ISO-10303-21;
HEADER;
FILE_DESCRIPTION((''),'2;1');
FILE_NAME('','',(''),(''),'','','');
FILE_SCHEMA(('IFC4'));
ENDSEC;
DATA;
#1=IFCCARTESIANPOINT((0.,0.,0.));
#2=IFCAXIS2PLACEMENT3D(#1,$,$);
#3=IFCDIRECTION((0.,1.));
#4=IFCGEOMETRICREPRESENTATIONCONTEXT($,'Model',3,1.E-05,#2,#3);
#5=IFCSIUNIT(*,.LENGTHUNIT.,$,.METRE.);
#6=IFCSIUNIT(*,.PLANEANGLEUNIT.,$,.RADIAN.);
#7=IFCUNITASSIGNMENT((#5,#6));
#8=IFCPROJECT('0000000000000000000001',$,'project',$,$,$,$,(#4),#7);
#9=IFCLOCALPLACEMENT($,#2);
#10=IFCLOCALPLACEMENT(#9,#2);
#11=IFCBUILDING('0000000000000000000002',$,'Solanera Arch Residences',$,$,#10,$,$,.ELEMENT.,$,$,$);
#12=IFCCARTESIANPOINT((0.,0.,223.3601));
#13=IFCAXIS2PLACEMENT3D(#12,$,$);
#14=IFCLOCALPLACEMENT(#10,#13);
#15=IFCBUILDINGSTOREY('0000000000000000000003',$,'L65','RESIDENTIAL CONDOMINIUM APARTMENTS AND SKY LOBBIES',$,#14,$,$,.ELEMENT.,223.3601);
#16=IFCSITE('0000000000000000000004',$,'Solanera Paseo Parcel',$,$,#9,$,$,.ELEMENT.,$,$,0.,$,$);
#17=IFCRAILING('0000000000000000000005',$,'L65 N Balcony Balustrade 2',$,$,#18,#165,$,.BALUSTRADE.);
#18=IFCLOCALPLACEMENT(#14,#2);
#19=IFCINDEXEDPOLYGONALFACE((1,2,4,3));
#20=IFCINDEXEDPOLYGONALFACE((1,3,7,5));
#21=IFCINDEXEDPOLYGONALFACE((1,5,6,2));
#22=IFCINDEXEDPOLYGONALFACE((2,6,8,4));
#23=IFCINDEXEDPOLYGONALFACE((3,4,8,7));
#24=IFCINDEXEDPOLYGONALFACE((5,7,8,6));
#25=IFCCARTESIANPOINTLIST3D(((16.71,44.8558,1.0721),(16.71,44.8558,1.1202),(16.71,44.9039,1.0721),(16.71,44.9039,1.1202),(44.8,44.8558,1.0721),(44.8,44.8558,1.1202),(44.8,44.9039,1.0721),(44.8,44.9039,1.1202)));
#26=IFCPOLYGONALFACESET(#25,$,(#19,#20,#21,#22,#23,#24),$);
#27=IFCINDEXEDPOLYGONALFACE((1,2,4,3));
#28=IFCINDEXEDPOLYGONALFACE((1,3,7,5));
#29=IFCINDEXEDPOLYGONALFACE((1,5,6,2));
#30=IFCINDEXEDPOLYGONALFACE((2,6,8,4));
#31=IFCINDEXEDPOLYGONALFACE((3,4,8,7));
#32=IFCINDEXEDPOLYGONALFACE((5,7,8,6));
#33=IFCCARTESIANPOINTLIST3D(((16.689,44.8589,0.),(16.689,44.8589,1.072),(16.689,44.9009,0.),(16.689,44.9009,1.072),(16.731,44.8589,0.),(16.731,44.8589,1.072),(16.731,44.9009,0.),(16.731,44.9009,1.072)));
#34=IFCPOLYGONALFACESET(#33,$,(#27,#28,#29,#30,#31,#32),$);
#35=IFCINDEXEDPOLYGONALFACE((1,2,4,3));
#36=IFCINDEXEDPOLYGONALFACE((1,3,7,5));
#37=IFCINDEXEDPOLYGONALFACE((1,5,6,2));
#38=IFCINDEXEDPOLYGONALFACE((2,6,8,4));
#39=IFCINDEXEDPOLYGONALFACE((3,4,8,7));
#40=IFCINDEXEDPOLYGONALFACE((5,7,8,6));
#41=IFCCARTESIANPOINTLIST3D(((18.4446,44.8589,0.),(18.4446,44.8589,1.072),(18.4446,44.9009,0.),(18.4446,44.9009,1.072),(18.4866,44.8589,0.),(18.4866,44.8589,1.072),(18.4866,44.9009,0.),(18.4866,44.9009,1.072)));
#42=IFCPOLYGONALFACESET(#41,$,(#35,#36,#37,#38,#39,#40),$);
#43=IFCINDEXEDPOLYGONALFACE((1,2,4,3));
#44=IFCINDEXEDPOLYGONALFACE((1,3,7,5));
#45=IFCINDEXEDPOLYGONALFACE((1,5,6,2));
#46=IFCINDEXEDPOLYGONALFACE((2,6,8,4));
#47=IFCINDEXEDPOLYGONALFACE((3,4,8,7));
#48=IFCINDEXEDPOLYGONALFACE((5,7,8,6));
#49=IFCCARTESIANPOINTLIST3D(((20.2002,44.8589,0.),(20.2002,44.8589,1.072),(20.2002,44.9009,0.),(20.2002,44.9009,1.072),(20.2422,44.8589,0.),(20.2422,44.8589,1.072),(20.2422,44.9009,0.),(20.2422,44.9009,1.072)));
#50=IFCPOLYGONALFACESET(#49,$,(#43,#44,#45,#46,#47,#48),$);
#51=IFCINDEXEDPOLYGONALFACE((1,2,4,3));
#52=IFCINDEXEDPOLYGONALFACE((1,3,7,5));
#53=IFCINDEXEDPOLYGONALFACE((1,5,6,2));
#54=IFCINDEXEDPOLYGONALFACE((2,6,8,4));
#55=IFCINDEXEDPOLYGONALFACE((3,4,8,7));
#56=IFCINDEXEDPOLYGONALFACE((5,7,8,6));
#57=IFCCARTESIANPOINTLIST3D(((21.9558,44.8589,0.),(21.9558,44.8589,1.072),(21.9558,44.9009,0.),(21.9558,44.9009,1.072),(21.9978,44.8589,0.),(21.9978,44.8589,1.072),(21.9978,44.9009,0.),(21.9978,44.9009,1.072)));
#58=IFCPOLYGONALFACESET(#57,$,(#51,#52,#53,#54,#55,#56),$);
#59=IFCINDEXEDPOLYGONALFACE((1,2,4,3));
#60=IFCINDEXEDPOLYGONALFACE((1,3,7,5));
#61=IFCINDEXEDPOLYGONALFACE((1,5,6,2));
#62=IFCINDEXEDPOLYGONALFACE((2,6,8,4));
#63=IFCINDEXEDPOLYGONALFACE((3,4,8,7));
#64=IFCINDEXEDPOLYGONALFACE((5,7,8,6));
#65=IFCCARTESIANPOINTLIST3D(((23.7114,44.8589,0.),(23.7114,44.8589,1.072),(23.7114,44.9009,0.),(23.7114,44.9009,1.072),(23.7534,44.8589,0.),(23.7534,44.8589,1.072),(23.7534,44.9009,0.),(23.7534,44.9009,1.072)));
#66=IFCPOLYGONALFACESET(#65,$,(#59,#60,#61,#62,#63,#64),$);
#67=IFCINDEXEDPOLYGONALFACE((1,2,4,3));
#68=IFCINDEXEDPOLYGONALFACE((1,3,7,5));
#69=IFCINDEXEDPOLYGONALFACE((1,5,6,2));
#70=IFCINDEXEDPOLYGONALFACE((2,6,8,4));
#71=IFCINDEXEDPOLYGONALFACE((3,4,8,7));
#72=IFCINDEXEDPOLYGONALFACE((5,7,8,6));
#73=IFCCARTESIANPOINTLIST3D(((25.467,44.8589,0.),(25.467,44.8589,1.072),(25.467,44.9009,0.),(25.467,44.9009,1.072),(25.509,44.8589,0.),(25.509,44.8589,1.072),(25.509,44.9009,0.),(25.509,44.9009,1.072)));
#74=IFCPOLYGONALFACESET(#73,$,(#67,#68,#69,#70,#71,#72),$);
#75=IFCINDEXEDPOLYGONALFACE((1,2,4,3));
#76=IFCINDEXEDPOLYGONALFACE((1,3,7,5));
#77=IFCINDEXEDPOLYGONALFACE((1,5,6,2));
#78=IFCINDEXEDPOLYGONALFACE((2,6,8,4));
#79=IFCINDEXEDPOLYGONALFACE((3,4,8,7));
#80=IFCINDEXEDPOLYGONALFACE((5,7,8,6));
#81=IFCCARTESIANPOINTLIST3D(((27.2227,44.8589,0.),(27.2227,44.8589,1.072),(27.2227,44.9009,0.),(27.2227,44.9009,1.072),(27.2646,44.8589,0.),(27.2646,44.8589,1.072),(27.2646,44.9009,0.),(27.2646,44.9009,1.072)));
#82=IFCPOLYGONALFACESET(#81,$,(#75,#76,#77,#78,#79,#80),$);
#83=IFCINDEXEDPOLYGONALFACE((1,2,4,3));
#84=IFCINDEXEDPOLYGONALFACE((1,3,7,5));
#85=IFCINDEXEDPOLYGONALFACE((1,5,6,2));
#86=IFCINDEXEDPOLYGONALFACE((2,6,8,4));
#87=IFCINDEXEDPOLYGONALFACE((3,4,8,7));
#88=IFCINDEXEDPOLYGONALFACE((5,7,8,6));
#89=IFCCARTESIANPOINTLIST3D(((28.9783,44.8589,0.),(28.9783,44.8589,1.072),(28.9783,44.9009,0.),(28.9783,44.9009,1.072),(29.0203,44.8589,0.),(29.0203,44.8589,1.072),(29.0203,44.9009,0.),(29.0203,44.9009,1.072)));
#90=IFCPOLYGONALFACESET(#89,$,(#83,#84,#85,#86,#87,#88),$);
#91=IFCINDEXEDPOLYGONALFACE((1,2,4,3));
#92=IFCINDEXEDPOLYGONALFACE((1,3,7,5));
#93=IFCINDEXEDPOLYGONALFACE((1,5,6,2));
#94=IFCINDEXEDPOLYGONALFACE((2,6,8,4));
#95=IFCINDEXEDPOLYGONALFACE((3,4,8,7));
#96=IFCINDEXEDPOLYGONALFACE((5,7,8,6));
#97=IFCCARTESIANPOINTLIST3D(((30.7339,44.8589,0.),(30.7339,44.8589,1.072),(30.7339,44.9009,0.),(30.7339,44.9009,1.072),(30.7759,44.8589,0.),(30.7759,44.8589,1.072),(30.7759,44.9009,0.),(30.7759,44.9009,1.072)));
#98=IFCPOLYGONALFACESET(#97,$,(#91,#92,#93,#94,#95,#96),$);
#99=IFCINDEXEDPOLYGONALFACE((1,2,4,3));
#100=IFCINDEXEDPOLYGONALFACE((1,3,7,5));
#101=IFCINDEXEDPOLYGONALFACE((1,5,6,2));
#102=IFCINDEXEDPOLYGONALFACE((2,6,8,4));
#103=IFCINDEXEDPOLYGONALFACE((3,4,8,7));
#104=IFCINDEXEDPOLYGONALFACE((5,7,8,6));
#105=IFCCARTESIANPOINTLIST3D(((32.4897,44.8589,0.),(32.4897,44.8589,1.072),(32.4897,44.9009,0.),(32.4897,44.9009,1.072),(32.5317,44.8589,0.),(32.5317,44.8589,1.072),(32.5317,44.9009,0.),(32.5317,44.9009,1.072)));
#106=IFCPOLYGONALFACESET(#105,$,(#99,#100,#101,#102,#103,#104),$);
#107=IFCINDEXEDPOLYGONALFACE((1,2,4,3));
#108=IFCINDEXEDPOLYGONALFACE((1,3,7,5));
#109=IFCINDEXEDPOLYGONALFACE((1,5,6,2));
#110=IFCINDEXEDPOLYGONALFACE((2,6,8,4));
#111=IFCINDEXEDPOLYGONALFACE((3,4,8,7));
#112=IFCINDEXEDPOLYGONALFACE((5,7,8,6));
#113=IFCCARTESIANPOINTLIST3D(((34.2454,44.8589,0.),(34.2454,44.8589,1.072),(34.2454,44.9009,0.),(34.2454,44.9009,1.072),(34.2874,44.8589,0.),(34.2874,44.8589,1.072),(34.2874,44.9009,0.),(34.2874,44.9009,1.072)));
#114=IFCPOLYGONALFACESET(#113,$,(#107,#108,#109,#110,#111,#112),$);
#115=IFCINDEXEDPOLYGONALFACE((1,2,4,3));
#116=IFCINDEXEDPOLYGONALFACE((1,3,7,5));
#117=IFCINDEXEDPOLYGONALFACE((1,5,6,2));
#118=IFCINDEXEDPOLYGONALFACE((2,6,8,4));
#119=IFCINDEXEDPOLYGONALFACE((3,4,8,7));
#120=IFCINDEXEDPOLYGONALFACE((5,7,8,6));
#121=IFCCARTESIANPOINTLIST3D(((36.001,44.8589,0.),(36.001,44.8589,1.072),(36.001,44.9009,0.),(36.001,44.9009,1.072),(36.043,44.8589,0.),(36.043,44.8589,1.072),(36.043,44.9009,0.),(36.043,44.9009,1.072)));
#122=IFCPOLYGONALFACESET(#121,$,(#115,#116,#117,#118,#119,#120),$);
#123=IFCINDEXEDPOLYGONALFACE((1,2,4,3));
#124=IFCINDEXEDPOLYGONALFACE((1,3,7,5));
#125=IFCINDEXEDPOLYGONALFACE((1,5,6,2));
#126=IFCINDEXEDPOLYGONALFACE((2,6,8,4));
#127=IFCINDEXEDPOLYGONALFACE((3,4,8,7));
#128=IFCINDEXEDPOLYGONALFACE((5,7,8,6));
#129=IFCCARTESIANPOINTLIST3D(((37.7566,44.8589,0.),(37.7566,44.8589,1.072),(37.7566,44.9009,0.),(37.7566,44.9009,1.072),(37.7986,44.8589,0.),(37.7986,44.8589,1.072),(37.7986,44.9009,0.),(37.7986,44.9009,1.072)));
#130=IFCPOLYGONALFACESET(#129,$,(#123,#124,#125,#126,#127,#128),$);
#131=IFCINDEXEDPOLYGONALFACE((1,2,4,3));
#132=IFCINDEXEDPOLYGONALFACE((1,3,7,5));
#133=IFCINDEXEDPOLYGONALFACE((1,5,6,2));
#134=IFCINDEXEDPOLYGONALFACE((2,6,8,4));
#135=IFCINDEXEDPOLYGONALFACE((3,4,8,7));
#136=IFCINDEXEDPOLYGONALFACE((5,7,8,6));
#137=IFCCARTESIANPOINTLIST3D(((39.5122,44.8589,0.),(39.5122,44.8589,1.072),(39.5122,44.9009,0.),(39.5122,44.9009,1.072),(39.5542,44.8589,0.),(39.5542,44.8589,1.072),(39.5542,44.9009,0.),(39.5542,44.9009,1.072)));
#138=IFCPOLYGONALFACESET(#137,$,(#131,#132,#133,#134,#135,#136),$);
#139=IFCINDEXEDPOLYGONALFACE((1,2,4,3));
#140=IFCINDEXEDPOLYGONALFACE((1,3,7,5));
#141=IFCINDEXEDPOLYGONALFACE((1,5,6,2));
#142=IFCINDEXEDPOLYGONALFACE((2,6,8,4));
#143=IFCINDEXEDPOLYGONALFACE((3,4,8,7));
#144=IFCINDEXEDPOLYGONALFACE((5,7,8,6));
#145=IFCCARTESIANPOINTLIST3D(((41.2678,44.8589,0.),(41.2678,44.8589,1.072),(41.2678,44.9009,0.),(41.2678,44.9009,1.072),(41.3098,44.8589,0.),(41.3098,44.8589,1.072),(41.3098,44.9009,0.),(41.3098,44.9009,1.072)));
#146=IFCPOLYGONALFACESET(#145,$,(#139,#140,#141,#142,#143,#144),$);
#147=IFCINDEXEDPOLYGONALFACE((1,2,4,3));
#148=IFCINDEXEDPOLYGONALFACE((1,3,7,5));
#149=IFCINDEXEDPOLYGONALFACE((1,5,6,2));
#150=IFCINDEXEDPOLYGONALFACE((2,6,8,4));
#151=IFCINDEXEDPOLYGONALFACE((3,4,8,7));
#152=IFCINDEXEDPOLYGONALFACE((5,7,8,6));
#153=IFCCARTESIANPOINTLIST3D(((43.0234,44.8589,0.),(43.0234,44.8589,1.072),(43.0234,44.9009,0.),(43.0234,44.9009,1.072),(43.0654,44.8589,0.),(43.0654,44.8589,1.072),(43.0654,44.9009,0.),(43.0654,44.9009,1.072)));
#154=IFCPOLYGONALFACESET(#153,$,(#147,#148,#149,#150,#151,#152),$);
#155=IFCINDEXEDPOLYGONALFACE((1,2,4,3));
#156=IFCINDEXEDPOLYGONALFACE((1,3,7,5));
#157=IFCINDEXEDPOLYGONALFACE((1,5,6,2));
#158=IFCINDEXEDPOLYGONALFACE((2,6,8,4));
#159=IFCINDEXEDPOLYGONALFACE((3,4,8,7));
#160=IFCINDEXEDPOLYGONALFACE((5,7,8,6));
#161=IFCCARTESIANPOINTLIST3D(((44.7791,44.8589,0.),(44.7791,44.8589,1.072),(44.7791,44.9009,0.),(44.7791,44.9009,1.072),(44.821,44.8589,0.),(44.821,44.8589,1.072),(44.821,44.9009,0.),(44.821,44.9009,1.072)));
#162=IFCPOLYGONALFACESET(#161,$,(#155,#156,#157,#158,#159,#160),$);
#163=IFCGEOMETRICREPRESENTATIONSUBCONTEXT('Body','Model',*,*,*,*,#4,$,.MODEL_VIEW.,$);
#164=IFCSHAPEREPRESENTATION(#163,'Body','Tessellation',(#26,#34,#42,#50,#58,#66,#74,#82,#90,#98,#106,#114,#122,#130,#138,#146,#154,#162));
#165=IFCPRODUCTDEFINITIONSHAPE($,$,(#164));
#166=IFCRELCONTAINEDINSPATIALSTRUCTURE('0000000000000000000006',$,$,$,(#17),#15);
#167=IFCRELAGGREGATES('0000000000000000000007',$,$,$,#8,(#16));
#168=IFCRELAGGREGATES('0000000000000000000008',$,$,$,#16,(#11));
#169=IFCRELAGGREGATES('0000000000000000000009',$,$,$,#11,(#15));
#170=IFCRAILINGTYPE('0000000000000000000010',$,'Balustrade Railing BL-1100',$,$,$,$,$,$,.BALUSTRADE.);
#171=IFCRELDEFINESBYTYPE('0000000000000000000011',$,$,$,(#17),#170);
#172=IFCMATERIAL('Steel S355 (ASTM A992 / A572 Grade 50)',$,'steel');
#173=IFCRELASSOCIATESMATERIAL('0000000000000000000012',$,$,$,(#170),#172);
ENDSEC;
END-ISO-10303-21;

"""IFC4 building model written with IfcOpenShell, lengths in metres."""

from ifc_helpers import new_model, si_unit, direction, frame, origin, origin_2d, place, context, subcontext, project, spatial, rectangle, extrude, material, type_object, element, save


model = new_model("IFC4")

# Units and contexts
model_context = context("Model", 3, precision=1e-05, world=origin(), true_north=direction((0.0, 1.0)))
body_context = subcontext(model_context, "Body", "Model", "MODEL_VIEW")
ifc_project = project(units=[si_unit("LENGTHUNIT", "METRE"), si_unit("PLANEANGLEUNIT", "RADIAN")], contexts=[model_context])

# Site, building, storey
site_placement = place(None, origin())
site = spatial("IfcSite", under=ifc_project, at=site_placement, Name="Solanera Paseo Parcel", CompositionType="ELEMENT", RefElevation=0.0)
building_placement = place(site_placement, origin())
building = spatial("IfcBuilding", under=site, at=building_placement, Name="Solanera Arch Residences", CompositionType="ELEMENT")
storey_placement = place(building_placement, frame((0.0, 0.0, 223.3601)))
storey = spatial("IfcBuildingStorey", under=building, at=storey_placement, Name="L65", Description="RESIDENTIAL CONDOMINIUM APARTMENTS AND SKY LOBBIES", CompositionType="ELEMENT", Elevation=223.3601)

# Railing
ifc_material_1 = material(Name="Steel S355 (ASTM A992 / A572 Grade 50)", Category="steel")
railing_type = type_object("IfcRailingType", Name="Balustrade Railing BL-1100", PredefinedType="BALUSTRADE", material=ifc_material_1)
railing_placement = place(storey_placement, frame((16.71, 44.8799, 0.0)))
element("IfcRailing", 1, at=railing_placement, inside=storey, type_object=railing_type, Name="L65 N Balcony Balustrade 2", PredefinedType="BALUSTRADE", context=body_context, shape_type="SweptSolid", body=[
    extrude(rectangle(XDim=0.0481, YDim=0.0481, at=origin_2d()), frame((0.0, 0.0, 1.0962), z_axis=(1.0, 0.0, 0.0), x_axis=(0.0, 1.0, 0.0)), (0.0, 0.0, 1.0), 28.0901),
    extrude(rectangle(XDim=0.042, YDim=0.042, at=origin_2d()), origin(), (0.0, 0.0, 1.0), 1.072),
    extrude(rectangle(XDim=0.042, YDim=0.042, at=origin_2d()), frame((1.7556, 0.0, 0.0)), (0.0, 0.0, 1.0), 1.072),
    extrude(rectangle(XDim=0.042, YDim=0.042, at=origin_2d()), frame((3.5112, 0.0, 0.0)), (0.0, 0.0, 1.0), 1.072),
    extrude(rectangle(XDim=0.042, YDim=0.042, at=origin_2d()), frame((5.2668, 0.0, 0.0)), (0.0, 0.0, 1.0), 1.072),
    extrude(rectangle(XDim=0.042, YDim=0.042, at=origin_2d()), frame((7.0225, 0.0, 0.0)), (0.0, 0.0, 1.0), 1.072),
    extrude(rectangle(XDim=0.042, YDim=0.042, at=origin_2d()), frame((8.7781, 0.0, 0.0)), (0.0, 0.0, 1.0), 1.072),
    extrude(rectangle(XDim=0.042, YDim=0.042, at=origin_2d()), frame((10.5337, 0.0, 0.0)), (0.0, 0.0, 1.0), 1.072),
    extrude(rectangle(XDim=0.042, YDim=0.042, at=origin_2d()), frame((12.2893, 0.0, 0.0)), (0.0, 0.0, 1.0), 1.072),
    extrude(rectangle(XDim=0.042, YDim=0.042, at=origin_2d()), frame((14.0449, 0.0, 0.0)), (0.0, 0.0, 1.0), 1.072),
    extrude(rectangle(XDim=0.042, YDim=0.042, at=origin_2d()), frame((15.8008, 0.0, 0.0)), (0.0, 0.0, 1.0), 1.072),
    extrude(rectangle(XDim=0.042, YDim=0.042, at=origin_2d()), frame((17.5564, 0.0, 0.0)), (0.0, 0.0, 1.0), 1.072),
    extrude(rectangle(XDim=0.042, YDim=0.042, at=origin_2d()), frame((19.312, 0.0, 0.0)), (0.0, 0.0, 1.0), 1.072),
    extrude(rectangle(XDim=0.042, YDim=0.042, at=origin_2d()), frame((21.0676, 0.0, 0.0)), (0.0, 0.0, 1.0), 1.072),
    extrude(rectangle(XDim=0.042, YDim=0.042, at=origin_2d()), frame((22.8232, 0.0, 0.0)), (0.0, 0.0, 1.0), 1.072),
    extrude(rectangle(XDim=0.042, YDim=0.042, at=origin_2d()), frame((24.5789, 0.0, 0.0)), (0.0, 0.0, 1.0), 1.072),
    extrude(rectangle(XDim=0.042, YDim=0.042, at=origin_2d()), frame((26.3345, 0.0, 0.0)), (0.0, 0.0, 1.0), 1.072),
    extrude(rectangle(XDim=0.042, YDim=0.042, at=origin_2d()), frame((28.0901, 0.0, 0.0)), (0.0, 0.0, 1.0), 1.072),
])

save(model, "model.ifc")
